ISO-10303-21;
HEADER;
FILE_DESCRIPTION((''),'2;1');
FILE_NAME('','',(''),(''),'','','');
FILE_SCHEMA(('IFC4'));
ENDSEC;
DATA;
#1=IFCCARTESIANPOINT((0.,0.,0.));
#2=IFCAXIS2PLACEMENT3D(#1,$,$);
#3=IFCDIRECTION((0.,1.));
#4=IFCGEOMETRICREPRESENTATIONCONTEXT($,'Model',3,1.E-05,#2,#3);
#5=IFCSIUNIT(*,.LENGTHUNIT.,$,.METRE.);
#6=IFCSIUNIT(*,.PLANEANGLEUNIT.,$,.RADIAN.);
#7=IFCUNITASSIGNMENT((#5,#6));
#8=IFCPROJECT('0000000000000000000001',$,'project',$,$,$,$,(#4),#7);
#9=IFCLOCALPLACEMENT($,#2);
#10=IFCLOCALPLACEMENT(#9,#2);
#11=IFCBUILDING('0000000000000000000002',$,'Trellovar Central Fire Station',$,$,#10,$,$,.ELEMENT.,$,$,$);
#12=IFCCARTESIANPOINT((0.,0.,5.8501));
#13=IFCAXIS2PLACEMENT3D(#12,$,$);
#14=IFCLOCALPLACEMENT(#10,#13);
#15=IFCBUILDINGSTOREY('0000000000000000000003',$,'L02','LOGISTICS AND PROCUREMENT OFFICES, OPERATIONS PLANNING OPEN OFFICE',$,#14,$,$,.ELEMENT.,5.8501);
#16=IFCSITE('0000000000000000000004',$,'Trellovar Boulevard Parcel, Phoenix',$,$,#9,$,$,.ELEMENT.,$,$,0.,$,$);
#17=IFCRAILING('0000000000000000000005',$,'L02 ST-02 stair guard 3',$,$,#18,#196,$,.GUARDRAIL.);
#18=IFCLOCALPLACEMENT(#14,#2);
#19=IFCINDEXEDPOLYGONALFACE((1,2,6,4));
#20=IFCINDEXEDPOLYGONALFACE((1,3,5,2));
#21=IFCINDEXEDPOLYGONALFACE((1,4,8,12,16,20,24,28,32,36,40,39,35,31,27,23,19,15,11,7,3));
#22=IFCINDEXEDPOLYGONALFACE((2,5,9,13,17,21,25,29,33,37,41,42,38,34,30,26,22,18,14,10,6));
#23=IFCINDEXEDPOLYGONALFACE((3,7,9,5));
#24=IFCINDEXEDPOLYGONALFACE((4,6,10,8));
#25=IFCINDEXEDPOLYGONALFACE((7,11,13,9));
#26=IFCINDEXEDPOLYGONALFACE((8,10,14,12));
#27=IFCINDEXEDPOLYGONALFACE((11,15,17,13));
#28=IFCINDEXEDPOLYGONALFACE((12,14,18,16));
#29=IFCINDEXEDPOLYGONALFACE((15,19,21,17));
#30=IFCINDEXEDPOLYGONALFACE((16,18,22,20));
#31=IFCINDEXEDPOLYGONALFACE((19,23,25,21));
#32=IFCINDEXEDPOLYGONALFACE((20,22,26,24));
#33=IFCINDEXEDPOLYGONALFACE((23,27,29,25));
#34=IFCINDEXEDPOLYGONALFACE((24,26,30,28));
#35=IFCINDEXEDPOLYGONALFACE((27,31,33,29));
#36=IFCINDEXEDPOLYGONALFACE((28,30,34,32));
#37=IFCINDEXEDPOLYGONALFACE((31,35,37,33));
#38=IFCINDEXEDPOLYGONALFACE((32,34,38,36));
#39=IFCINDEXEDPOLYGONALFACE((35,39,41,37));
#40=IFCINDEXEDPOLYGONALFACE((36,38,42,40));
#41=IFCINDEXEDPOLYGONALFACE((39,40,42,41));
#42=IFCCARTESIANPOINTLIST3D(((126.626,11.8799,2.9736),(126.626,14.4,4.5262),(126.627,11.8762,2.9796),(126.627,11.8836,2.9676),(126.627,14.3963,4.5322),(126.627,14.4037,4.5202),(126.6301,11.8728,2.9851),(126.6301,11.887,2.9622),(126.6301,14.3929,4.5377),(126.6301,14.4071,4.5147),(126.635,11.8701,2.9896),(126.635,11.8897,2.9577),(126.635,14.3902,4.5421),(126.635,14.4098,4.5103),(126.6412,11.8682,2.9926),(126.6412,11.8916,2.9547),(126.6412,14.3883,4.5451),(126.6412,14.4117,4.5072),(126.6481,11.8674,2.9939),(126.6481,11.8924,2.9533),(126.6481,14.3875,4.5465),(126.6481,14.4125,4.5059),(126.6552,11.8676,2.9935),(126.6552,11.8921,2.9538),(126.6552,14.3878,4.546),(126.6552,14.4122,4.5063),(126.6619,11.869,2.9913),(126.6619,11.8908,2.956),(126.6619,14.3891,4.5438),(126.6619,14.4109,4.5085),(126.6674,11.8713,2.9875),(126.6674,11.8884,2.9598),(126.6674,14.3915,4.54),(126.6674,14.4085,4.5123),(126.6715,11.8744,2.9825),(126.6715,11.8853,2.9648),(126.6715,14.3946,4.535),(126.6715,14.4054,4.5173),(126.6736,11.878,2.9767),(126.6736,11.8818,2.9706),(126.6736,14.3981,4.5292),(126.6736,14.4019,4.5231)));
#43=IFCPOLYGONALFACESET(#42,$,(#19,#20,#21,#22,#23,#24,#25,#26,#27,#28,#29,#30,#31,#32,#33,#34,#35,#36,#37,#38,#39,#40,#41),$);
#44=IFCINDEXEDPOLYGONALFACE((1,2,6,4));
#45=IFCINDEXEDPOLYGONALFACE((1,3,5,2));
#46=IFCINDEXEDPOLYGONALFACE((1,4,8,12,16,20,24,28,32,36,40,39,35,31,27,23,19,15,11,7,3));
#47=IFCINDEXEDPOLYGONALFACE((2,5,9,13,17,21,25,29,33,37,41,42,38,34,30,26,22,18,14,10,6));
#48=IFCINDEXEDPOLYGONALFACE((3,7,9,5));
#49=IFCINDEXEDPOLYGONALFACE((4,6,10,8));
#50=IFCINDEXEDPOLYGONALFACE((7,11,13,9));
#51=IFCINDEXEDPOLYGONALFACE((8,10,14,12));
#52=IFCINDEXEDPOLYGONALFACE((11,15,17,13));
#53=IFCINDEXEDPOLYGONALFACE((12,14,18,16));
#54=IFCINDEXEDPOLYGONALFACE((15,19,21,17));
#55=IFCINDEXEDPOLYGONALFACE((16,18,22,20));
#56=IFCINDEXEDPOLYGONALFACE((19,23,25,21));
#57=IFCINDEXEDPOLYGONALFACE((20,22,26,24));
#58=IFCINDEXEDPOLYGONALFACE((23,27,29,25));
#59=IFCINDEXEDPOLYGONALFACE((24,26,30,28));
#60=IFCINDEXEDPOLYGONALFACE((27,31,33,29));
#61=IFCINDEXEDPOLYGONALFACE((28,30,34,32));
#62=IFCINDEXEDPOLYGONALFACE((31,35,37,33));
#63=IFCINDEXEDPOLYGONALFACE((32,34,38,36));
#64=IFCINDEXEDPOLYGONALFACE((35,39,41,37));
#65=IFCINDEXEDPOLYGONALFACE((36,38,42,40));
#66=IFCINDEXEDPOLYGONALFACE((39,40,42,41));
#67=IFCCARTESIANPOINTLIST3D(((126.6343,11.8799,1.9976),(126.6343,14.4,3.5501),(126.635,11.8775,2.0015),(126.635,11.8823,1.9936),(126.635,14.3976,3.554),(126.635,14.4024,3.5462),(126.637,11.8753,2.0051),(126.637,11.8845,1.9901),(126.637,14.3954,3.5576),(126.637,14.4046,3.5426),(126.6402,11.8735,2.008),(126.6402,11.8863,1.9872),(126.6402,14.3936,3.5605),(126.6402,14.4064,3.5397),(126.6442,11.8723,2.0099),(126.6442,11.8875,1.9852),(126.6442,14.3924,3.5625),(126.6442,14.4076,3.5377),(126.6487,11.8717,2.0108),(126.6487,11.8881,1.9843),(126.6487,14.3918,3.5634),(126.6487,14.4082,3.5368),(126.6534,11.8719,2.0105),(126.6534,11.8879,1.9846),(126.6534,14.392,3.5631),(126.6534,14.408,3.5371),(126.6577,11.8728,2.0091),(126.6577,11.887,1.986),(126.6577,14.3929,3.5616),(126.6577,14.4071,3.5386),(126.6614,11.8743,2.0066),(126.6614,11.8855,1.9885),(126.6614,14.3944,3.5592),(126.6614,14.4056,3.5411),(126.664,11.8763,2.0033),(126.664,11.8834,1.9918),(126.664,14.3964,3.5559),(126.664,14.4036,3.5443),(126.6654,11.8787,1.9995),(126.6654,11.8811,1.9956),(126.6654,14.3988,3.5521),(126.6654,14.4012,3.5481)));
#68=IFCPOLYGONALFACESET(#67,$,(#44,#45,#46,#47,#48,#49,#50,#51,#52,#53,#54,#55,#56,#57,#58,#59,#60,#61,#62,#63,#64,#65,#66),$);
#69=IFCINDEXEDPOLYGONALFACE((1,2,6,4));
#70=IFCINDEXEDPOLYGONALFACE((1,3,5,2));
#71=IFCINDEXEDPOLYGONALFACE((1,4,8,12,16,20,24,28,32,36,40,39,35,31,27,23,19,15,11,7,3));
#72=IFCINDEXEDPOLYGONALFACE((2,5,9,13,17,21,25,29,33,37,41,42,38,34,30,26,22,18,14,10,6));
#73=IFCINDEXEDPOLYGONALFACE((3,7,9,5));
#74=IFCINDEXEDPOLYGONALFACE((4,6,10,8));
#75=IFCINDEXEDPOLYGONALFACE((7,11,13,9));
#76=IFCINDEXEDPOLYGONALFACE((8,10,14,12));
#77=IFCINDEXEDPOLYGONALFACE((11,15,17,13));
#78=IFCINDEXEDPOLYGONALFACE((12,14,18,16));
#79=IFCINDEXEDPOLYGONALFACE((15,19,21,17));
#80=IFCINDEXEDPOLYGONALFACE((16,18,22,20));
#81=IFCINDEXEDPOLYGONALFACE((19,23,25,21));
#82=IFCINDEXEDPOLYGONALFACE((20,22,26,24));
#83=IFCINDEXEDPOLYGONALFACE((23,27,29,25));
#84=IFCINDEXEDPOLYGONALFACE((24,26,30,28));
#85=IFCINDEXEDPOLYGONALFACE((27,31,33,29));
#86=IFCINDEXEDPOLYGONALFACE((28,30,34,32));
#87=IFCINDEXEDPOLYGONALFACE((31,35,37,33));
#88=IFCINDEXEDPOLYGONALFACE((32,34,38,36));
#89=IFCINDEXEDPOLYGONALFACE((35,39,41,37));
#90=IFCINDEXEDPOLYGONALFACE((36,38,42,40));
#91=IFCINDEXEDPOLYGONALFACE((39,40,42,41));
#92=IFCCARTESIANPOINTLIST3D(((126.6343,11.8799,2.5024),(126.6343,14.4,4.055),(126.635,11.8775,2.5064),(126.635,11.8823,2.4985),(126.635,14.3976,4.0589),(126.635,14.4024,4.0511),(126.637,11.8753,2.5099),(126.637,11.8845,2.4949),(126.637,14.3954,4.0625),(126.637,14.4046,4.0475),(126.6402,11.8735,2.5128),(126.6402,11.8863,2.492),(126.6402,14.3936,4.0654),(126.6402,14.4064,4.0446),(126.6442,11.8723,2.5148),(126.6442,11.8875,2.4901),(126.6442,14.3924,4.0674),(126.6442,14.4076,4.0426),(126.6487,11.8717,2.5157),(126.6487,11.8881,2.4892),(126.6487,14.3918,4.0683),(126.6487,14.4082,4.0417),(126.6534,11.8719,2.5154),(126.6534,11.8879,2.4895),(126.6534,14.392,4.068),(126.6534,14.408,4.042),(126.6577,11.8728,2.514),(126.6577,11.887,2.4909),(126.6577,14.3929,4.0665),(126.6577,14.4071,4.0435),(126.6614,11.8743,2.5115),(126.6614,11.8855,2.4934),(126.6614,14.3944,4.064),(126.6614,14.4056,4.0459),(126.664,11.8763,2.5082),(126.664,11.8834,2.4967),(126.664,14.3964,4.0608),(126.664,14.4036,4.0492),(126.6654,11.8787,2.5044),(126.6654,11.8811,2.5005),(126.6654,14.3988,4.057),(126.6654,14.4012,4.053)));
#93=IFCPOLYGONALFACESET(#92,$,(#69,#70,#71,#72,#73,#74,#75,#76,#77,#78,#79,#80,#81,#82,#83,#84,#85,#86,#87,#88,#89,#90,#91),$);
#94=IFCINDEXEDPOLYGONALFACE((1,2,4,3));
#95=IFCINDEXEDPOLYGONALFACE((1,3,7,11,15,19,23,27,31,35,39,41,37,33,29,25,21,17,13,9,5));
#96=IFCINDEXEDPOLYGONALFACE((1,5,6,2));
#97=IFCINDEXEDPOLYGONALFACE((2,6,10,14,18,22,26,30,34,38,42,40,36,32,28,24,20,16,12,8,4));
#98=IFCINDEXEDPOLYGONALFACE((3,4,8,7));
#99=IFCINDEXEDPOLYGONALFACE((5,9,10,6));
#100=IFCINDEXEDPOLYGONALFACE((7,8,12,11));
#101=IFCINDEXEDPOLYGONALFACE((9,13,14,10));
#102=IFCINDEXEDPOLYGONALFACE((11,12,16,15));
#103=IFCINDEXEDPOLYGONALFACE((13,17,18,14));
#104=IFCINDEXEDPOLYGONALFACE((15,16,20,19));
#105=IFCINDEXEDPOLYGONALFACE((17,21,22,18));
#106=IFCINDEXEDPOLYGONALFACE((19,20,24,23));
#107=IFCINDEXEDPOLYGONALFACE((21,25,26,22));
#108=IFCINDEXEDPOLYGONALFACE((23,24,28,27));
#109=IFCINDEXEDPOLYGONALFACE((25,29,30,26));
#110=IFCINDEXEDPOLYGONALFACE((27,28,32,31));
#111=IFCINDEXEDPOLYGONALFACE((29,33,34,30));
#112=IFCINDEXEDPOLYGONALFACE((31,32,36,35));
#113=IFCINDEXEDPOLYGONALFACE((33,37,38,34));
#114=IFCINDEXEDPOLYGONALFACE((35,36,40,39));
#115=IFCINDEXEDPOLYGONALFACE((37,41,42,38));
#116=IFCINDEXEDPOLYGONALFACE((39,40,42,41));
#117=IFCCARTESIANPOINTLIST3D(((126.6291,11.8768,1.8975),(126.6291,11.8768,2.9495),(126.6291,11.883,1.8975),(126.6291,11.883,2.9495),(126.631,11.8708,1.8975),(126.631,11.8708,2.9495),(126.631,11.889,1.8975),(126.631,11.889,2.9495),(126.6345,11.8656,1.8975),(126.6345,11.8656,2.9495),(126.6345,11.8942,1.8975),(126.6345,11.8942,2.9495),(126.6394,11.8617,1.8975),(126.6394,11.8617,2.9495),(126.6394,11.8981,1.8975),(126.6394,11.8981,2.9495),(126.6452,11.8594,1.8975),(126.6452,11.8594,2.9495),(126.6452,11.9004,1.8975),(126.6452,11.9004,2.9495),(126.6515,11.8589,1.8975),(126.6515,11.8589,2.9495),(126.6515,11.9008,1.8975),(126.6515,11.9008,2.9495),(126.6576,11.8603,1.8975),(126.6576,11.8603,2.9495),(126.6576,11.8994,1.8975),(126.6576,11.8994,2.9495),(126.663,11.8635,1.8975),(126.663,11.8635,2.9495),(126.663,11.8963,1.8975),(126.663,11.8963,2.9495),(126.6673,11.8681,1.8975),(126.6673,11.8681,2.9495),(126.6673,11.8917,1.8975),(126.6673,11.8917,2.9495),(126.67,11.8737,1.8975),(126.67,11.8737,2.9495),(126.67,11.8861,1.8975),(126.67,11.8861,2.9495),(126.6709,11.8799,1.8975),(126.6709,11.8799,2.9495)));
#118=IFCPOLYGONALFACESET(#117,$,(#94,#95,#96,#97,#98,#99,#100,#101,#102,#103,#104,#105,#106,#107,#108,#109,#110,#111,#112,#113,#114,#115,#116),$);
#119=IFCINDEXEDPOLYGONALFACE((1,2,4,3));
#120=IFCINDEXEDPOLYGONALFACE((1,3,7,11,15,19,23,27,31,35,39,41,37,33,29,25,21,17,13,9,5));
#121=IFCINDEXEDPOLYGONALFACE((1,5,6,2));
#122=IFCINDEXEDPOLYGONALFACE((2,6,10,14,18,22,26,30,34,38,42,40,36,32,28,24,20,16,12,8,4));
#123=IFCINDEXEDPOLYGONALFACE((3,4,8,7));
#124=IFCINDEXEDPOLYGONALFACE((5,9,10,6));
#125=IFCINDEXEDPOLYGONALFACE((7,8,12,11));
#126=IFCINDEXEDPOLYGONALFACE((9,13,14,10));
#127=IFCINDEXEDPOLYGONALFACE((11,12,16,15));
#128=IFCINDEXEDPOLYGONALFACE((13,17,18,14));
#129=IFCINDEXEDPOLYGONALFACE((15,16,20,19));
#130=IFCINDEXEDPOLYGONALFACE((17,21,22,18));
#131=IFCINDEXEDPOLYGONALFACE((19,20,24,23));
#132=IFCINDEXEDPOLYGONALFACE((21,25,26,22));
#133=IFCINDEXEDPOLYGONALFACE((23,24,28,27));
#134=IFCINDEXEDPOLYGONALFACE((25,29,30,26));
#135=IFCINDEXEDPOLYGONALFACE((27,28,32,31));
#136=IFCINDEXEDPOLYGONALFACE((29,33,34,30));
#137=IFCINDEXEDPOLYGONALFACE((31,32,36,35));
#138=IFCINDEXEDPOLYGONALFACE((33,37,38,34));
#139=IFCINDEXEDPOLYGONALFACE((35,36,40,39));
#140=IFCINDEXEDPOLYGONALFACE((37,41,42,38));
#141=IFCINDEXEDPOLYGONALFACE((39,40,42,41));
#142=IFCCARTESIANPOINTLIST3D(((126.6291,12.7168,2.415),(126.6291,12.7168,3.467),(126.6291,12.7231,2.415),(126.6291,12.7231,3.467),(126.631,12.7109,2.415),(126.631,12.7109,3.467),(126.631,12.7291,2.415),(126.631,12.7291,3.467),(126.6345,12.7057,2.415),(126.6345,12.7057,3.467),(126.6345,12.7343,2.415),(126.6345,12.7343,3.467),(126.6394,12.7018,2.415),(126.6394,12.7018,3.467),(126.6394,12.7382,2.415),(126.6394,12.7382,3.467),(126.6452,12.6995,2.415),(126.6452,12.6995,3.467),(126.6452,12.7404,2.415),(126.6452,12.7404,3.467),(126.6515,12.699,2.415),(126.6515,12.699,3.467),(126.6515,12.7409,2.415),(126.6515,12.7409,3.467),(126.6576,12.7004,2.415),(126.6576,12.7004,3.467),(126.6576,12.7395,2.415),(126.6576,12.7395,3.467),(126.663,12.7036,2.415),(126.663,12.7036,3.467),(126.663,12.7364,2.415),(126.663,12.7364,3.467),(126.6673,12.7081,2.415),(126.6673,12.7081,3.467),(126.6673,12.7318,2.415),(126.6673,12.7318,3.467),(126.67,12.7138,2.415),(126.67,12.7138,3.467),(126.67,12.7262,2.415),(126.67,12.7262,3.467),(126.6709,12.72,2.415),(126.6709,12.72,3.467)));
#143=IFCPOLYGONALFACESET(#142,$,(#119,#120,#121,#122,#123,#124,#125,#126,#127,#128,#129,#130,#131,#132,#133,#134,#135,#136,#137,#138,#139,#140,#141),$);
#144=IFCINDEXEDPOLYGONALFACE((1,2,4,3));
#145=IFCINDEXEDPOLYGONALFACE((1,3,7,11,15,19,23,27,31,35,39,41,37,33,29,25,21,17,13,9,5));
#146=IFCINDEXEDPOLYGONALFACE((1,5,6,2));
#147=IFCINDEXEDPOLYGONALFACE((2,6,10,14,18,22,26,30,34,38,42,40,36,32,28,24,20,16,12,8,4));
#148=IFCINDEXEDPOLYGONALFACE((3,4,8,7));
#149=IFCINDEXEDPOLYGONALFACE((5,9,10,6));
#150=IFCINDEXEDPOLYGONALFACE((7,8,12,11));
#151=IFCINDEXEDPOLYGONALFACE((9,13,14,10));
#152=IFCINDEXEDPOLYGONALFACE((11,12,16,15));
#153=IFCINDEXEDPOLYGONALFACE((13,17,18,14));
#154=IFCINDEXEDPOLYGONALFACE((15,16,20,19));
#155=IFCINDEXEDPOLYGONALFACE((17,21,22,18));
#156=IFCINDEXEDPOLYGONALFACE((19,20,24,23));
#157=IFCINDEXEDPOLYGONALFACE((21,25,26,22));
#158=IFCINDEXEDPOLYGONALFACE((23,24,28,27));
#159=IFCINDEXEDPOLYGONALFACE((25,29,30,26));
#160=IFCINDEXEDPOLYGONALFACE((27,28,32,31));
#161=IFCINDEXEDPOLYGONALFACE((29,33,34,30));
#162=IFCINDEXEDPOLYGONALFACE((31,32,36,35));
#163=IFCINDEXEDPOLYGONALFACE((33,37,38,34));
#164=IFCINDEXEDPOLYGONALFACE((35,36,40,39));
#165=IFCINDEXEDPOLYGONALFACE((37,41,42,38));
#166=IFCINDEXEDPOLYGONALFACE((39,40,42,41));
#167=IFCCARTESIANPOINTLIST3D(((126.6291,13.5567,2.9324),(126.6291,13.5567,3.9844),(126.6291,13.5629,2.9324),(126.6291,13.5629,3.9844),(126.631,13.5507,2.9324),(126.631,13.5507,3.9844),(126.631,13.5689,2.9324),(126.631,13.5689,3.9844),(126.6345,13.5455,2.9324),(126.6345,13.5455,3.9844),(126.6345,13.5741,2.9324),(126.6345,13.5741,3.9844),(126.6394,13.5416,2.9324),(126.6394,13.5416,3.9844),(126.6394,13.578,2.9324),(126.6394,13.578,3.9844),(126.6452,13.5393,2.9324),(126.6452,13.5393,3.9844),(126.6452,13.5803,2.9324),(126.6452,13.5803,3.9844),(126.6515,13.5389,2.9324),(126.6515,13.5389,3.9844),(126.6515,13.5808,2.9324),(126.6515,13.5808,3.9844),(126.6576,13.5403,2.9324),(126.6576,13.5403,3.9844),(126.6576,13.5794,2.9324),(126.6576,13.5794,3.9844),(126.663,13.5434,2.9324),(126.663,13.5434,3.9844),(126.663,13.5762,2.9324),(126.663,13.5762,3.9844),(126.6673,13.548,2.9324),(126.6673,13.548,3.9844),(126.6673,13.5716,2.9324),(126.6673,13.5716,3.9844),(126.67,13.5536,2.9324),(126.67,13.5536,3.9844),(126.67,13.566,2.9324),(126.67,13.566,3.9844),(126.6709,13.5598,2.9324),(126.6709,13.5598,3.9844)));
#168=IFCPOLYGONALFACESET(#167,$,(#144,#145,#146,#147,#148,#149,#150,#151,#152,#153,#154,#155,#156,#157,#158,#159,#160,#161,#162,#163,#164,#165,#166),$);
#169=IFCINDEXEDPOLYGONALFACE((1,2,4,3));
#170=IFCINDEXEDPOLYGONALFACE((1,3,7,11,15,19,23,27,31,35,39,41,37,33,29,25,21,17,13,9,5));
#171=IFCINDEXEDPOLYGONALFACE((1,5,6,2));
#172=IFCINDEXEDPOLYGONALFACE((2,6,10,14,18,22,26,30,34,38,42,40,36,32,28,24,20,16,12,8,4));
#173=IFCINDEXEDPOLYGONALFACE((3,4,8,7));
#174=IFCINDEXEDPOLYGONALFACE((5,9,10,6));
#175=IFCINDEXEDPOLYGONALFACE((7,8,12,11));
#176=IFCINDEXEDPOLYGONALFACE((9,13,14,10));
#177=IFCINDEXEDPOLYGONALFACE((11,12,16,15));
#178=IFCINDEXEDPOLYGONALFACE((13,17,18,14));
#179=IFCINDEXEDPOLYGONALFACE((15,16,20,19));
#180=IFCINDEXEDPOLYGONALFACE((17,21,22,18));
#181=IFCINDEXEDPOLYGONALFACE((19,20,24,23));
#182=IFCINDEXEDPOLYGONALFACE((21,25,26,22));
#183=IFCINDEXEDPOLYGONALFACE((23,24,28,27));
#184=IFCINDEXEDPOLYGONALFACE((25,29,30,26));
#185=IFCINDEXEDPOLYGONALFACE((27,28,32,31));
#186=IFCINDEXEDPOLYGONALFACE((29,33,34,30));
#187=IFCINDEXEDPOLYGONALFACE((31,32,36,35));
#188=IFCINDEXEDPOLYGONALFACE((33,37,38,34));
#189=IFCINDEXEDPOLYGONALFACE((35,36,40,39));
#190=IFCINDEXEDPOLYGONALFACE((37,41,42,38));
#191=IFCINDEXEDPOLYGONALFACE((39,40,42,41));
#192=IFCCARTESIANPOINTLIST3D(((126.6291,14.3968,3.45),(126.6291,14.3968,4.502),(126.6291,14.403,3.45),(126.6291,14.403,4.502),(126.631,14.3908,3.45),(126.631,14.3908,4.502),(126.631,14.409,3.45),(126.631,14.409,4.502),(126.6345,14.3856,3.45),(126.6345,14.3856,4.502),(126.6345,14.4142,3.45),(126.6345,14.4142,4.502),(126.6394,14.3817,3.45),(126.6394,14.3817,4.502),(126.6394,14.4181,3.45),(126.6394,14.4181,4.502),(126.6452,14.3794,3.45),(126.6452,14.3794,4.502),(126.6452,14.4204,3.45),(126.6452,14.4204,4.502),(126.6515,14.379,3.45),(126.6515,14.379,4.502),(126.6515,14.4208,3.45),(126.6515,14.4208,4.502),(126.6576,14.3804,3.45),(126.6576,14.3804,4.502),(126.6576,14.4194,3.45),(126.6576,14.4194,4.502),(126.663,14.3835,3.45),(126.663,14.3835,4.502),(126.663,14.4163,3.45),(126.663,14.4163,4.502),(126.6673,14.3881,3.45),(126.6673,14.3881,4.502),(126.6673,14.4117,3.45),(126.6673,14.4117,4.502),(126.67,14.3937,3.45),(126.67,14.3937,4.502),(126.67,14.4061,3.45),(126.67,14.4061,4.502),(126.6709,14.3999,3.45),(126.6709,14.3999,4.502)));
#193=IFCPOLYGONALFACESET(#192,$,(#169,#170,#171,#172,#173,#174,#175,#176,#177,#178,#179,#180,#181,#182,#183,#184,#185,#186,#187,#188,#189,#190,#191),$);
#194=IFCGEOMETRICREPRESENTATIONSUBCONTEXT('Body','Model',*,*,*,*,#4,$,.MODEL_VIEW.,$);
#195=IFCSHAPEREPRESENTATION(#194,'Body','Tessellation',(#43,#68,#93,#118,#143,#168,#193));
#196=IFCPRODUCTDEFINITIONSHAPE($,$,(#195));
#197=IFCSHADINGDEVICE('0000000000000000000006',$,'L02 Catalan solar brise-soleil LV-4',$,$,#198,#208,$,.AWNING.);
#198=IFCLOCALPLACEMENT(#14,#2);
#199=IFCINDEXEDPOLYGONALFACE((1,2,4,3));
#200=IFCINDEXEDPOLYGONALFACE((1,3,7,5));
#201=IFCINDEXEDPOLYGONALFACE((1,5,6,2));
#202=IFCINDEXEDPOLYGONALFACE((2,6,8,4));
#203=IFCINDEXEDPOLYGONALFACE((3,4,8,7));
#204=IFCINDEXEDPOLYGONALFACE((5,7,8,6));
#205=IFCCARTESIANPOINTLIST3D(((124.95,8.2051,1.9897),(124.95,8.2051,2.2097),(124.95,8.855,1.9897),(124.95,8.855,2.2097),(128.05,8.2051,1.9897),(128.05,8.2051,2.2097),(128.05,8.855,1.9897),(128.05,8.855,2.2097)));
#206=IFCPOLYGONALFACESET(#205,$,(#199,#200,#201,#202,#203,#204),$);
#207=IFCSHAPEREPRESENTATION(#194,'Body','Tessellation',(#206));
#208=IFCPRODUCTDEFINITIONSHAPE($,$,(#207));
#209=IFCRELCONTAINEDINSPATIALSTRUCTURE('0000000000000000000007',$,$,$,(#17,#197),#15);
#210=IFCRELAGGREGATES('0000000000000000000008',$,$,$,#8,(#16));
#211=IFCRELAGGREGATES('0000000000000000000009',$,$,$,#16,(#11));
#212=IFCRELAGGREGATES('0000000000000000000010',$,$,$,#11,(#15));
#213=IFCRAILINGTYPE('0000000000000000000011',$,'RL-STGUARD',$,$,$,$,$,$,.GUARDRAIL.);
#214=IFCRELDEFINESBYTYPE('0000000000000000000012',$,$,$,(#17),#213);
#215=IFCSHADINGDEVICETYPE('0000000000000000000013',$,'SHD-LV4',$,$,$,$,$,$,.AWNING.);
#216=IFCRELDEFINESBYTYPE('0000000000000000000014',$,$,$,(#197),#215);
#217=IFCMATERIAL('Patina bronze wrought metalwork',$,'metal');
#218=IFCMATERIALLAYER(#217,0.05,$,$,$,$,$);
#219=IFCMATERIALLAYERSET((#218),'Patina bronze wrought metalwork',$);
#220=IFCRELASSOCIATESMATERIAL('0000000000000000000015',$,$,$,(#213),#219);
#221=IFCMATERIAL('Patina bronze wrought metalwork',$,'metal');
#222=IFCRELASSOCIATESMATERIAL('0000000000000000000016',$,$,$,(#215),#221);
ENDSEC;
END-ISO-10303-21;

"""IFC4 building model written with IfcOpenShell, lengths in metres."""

from ifc_helpers import new_model, si_unit, direction, frame, origin, origin_2d, place, context, subcontext, project, spatial, rectangle, circle, extrude, material, layer, layer_set, type_object, element, save


model = new_model("IFC4")

# Units and contexts
model_context = context("Model", 3, precision=1e-05, world=origin(), true_north=direction((0.0, 1.0)))
body_context = subcontext(model_context, "Body", "Model", "MODEL_VIEW")
ifc_project = project(units=[si_unit("LENGTHUNIT", "METRE"), si_unit("PLANEANGLEUNIT", "RADIAN")], contexts=[model_context])

# Site, building, storey
site_placement = place(None, origin())
site = spatial("IfcSite", under=ifc_project, at=site_placement, Name="Trellovar Boulevard Parcel, Phoenix", CompositionType="ELEMENT", RefElevation=0.0)
building_placement = place(site_placement, origin())
building = spatial("IfcBuilding", under=site, at=building_placement, Name="Trellovar Central Fire Station", CompositionType="ELEMENT")
storey_placement = place(building_placement, frame((0.0, 0.0, 5.8501)))
storey = spatial("IfcBuildingStorey", under=building, at=storey_placement, Name="L02", Description="LOGISTICS AND PROCUREMENT OFFICES, OPERATIONS PLANNING OPEN OFFICE", CompositionType="ELEMENT", Elevation=5.8501)

# Railing
ifc_material_1 = material(Name="Patina bronze wrought metalwork", Category="metal")
ifc_layer_1 = layer(ifc_material_1, 0.05)
ifc_layer_set_1 = layer_set([ifc_layer_1], Name="Patina bronze wrought metalwork")
railing_type_1 = type_object("IfcRailingType", Name="RL-STGUARD", PredefinedType="GUARDRAIL", material=ifc_layer_set_1)
railing_1_placement = place(storey_placement, frame((126.6499, 11.8799, 1.8975)))
element("IfcRailing", 1, at=railing_1_placement, inside=storey, type_object=railing_type_1, Name="L02 ST-02 stair guard 3", PredefinedType="GUARDRAIL", context=body_context, shape_type="SweptSolid", body=[
    extrude(circle(Radius=0.0239, at=origin_2d()), frame((0.0, 0.0, 1.0762), z_axis=(0.0, 0.8514, 0.524516), x_axis=(-1.0, 0.0, 0.0)), (0.0, 0.0, 1.0), 2.96),
    extrude(circle(Radius=0.0156, at=origin_2d()), frame((0.0, 0.0, 0.1001), z_axis=(0.0, 0.8514, 0.524516), x_axis=(-1.0, 0.0, 0.0)), (0.0, 0.0, 1.0), 2.96),
    extrude(circle(Radius=0.0156, at=origin_2d()), frame((0.0, 0.0, 0.605), z_axis=(0.0, 0.8514, 0.524516), x_axis=(-1.0, 0.0, 0.0)), (0.0, 0.0, 1.0), 2.96),
    extrude(circle(Radius=0.021, at=origin_2d()), origin(), (0.0, 0.0, 1.0), 1.052),
    extrude(circle(Radius=0.021, at=origin_2d()), frame((0.0, 0.8401, 0.5176)), (0.0, 0.0, 1.0), 1.052),
    extrude(circle(Radius=0.021, at=origin_2d()), frame((0.0, 1.6799, 1.0349)), (0.0, 0.0, 1.0), 1.052),
    extrude(circle(Radius=0.021, at=origin_2d()), frame((0.0, 2.52, 1.5525)), (0.0, 0.0, 1.0), 1.052),
])

# Shading device
ifc_material_2 = material(Name="Patina bronze wrought metalwork", Category="metal")
shading_device_type = type_object("IfcShadingDeviceType", Name="SHD-LV4", PredefinedType="AWNING", material=ifc_material_2)
shading_device_placement = place(storey_placement, frame((126.5, 8.53, 1.9897), z_axis=(0.0, 0.0, 1.0), x_axis=(1.0, 0.0, 0.0)))
element("IfcShadingDevice", 2, at=shading_device_placement, inside=storey, type_object=shading_device_type, Name="L02 Catalan solar brise-soleil LV-4", PredefinedType="AWNING", context=body_context, shape_type="SweptSolid", body=[
    extrude(rectangle(XDim=3.1001, YDim=0.6499, at=origin_2d()), origin(), (0.0, 0.0, 1.0), 0.22),
])

save(model, "model.ifc")
